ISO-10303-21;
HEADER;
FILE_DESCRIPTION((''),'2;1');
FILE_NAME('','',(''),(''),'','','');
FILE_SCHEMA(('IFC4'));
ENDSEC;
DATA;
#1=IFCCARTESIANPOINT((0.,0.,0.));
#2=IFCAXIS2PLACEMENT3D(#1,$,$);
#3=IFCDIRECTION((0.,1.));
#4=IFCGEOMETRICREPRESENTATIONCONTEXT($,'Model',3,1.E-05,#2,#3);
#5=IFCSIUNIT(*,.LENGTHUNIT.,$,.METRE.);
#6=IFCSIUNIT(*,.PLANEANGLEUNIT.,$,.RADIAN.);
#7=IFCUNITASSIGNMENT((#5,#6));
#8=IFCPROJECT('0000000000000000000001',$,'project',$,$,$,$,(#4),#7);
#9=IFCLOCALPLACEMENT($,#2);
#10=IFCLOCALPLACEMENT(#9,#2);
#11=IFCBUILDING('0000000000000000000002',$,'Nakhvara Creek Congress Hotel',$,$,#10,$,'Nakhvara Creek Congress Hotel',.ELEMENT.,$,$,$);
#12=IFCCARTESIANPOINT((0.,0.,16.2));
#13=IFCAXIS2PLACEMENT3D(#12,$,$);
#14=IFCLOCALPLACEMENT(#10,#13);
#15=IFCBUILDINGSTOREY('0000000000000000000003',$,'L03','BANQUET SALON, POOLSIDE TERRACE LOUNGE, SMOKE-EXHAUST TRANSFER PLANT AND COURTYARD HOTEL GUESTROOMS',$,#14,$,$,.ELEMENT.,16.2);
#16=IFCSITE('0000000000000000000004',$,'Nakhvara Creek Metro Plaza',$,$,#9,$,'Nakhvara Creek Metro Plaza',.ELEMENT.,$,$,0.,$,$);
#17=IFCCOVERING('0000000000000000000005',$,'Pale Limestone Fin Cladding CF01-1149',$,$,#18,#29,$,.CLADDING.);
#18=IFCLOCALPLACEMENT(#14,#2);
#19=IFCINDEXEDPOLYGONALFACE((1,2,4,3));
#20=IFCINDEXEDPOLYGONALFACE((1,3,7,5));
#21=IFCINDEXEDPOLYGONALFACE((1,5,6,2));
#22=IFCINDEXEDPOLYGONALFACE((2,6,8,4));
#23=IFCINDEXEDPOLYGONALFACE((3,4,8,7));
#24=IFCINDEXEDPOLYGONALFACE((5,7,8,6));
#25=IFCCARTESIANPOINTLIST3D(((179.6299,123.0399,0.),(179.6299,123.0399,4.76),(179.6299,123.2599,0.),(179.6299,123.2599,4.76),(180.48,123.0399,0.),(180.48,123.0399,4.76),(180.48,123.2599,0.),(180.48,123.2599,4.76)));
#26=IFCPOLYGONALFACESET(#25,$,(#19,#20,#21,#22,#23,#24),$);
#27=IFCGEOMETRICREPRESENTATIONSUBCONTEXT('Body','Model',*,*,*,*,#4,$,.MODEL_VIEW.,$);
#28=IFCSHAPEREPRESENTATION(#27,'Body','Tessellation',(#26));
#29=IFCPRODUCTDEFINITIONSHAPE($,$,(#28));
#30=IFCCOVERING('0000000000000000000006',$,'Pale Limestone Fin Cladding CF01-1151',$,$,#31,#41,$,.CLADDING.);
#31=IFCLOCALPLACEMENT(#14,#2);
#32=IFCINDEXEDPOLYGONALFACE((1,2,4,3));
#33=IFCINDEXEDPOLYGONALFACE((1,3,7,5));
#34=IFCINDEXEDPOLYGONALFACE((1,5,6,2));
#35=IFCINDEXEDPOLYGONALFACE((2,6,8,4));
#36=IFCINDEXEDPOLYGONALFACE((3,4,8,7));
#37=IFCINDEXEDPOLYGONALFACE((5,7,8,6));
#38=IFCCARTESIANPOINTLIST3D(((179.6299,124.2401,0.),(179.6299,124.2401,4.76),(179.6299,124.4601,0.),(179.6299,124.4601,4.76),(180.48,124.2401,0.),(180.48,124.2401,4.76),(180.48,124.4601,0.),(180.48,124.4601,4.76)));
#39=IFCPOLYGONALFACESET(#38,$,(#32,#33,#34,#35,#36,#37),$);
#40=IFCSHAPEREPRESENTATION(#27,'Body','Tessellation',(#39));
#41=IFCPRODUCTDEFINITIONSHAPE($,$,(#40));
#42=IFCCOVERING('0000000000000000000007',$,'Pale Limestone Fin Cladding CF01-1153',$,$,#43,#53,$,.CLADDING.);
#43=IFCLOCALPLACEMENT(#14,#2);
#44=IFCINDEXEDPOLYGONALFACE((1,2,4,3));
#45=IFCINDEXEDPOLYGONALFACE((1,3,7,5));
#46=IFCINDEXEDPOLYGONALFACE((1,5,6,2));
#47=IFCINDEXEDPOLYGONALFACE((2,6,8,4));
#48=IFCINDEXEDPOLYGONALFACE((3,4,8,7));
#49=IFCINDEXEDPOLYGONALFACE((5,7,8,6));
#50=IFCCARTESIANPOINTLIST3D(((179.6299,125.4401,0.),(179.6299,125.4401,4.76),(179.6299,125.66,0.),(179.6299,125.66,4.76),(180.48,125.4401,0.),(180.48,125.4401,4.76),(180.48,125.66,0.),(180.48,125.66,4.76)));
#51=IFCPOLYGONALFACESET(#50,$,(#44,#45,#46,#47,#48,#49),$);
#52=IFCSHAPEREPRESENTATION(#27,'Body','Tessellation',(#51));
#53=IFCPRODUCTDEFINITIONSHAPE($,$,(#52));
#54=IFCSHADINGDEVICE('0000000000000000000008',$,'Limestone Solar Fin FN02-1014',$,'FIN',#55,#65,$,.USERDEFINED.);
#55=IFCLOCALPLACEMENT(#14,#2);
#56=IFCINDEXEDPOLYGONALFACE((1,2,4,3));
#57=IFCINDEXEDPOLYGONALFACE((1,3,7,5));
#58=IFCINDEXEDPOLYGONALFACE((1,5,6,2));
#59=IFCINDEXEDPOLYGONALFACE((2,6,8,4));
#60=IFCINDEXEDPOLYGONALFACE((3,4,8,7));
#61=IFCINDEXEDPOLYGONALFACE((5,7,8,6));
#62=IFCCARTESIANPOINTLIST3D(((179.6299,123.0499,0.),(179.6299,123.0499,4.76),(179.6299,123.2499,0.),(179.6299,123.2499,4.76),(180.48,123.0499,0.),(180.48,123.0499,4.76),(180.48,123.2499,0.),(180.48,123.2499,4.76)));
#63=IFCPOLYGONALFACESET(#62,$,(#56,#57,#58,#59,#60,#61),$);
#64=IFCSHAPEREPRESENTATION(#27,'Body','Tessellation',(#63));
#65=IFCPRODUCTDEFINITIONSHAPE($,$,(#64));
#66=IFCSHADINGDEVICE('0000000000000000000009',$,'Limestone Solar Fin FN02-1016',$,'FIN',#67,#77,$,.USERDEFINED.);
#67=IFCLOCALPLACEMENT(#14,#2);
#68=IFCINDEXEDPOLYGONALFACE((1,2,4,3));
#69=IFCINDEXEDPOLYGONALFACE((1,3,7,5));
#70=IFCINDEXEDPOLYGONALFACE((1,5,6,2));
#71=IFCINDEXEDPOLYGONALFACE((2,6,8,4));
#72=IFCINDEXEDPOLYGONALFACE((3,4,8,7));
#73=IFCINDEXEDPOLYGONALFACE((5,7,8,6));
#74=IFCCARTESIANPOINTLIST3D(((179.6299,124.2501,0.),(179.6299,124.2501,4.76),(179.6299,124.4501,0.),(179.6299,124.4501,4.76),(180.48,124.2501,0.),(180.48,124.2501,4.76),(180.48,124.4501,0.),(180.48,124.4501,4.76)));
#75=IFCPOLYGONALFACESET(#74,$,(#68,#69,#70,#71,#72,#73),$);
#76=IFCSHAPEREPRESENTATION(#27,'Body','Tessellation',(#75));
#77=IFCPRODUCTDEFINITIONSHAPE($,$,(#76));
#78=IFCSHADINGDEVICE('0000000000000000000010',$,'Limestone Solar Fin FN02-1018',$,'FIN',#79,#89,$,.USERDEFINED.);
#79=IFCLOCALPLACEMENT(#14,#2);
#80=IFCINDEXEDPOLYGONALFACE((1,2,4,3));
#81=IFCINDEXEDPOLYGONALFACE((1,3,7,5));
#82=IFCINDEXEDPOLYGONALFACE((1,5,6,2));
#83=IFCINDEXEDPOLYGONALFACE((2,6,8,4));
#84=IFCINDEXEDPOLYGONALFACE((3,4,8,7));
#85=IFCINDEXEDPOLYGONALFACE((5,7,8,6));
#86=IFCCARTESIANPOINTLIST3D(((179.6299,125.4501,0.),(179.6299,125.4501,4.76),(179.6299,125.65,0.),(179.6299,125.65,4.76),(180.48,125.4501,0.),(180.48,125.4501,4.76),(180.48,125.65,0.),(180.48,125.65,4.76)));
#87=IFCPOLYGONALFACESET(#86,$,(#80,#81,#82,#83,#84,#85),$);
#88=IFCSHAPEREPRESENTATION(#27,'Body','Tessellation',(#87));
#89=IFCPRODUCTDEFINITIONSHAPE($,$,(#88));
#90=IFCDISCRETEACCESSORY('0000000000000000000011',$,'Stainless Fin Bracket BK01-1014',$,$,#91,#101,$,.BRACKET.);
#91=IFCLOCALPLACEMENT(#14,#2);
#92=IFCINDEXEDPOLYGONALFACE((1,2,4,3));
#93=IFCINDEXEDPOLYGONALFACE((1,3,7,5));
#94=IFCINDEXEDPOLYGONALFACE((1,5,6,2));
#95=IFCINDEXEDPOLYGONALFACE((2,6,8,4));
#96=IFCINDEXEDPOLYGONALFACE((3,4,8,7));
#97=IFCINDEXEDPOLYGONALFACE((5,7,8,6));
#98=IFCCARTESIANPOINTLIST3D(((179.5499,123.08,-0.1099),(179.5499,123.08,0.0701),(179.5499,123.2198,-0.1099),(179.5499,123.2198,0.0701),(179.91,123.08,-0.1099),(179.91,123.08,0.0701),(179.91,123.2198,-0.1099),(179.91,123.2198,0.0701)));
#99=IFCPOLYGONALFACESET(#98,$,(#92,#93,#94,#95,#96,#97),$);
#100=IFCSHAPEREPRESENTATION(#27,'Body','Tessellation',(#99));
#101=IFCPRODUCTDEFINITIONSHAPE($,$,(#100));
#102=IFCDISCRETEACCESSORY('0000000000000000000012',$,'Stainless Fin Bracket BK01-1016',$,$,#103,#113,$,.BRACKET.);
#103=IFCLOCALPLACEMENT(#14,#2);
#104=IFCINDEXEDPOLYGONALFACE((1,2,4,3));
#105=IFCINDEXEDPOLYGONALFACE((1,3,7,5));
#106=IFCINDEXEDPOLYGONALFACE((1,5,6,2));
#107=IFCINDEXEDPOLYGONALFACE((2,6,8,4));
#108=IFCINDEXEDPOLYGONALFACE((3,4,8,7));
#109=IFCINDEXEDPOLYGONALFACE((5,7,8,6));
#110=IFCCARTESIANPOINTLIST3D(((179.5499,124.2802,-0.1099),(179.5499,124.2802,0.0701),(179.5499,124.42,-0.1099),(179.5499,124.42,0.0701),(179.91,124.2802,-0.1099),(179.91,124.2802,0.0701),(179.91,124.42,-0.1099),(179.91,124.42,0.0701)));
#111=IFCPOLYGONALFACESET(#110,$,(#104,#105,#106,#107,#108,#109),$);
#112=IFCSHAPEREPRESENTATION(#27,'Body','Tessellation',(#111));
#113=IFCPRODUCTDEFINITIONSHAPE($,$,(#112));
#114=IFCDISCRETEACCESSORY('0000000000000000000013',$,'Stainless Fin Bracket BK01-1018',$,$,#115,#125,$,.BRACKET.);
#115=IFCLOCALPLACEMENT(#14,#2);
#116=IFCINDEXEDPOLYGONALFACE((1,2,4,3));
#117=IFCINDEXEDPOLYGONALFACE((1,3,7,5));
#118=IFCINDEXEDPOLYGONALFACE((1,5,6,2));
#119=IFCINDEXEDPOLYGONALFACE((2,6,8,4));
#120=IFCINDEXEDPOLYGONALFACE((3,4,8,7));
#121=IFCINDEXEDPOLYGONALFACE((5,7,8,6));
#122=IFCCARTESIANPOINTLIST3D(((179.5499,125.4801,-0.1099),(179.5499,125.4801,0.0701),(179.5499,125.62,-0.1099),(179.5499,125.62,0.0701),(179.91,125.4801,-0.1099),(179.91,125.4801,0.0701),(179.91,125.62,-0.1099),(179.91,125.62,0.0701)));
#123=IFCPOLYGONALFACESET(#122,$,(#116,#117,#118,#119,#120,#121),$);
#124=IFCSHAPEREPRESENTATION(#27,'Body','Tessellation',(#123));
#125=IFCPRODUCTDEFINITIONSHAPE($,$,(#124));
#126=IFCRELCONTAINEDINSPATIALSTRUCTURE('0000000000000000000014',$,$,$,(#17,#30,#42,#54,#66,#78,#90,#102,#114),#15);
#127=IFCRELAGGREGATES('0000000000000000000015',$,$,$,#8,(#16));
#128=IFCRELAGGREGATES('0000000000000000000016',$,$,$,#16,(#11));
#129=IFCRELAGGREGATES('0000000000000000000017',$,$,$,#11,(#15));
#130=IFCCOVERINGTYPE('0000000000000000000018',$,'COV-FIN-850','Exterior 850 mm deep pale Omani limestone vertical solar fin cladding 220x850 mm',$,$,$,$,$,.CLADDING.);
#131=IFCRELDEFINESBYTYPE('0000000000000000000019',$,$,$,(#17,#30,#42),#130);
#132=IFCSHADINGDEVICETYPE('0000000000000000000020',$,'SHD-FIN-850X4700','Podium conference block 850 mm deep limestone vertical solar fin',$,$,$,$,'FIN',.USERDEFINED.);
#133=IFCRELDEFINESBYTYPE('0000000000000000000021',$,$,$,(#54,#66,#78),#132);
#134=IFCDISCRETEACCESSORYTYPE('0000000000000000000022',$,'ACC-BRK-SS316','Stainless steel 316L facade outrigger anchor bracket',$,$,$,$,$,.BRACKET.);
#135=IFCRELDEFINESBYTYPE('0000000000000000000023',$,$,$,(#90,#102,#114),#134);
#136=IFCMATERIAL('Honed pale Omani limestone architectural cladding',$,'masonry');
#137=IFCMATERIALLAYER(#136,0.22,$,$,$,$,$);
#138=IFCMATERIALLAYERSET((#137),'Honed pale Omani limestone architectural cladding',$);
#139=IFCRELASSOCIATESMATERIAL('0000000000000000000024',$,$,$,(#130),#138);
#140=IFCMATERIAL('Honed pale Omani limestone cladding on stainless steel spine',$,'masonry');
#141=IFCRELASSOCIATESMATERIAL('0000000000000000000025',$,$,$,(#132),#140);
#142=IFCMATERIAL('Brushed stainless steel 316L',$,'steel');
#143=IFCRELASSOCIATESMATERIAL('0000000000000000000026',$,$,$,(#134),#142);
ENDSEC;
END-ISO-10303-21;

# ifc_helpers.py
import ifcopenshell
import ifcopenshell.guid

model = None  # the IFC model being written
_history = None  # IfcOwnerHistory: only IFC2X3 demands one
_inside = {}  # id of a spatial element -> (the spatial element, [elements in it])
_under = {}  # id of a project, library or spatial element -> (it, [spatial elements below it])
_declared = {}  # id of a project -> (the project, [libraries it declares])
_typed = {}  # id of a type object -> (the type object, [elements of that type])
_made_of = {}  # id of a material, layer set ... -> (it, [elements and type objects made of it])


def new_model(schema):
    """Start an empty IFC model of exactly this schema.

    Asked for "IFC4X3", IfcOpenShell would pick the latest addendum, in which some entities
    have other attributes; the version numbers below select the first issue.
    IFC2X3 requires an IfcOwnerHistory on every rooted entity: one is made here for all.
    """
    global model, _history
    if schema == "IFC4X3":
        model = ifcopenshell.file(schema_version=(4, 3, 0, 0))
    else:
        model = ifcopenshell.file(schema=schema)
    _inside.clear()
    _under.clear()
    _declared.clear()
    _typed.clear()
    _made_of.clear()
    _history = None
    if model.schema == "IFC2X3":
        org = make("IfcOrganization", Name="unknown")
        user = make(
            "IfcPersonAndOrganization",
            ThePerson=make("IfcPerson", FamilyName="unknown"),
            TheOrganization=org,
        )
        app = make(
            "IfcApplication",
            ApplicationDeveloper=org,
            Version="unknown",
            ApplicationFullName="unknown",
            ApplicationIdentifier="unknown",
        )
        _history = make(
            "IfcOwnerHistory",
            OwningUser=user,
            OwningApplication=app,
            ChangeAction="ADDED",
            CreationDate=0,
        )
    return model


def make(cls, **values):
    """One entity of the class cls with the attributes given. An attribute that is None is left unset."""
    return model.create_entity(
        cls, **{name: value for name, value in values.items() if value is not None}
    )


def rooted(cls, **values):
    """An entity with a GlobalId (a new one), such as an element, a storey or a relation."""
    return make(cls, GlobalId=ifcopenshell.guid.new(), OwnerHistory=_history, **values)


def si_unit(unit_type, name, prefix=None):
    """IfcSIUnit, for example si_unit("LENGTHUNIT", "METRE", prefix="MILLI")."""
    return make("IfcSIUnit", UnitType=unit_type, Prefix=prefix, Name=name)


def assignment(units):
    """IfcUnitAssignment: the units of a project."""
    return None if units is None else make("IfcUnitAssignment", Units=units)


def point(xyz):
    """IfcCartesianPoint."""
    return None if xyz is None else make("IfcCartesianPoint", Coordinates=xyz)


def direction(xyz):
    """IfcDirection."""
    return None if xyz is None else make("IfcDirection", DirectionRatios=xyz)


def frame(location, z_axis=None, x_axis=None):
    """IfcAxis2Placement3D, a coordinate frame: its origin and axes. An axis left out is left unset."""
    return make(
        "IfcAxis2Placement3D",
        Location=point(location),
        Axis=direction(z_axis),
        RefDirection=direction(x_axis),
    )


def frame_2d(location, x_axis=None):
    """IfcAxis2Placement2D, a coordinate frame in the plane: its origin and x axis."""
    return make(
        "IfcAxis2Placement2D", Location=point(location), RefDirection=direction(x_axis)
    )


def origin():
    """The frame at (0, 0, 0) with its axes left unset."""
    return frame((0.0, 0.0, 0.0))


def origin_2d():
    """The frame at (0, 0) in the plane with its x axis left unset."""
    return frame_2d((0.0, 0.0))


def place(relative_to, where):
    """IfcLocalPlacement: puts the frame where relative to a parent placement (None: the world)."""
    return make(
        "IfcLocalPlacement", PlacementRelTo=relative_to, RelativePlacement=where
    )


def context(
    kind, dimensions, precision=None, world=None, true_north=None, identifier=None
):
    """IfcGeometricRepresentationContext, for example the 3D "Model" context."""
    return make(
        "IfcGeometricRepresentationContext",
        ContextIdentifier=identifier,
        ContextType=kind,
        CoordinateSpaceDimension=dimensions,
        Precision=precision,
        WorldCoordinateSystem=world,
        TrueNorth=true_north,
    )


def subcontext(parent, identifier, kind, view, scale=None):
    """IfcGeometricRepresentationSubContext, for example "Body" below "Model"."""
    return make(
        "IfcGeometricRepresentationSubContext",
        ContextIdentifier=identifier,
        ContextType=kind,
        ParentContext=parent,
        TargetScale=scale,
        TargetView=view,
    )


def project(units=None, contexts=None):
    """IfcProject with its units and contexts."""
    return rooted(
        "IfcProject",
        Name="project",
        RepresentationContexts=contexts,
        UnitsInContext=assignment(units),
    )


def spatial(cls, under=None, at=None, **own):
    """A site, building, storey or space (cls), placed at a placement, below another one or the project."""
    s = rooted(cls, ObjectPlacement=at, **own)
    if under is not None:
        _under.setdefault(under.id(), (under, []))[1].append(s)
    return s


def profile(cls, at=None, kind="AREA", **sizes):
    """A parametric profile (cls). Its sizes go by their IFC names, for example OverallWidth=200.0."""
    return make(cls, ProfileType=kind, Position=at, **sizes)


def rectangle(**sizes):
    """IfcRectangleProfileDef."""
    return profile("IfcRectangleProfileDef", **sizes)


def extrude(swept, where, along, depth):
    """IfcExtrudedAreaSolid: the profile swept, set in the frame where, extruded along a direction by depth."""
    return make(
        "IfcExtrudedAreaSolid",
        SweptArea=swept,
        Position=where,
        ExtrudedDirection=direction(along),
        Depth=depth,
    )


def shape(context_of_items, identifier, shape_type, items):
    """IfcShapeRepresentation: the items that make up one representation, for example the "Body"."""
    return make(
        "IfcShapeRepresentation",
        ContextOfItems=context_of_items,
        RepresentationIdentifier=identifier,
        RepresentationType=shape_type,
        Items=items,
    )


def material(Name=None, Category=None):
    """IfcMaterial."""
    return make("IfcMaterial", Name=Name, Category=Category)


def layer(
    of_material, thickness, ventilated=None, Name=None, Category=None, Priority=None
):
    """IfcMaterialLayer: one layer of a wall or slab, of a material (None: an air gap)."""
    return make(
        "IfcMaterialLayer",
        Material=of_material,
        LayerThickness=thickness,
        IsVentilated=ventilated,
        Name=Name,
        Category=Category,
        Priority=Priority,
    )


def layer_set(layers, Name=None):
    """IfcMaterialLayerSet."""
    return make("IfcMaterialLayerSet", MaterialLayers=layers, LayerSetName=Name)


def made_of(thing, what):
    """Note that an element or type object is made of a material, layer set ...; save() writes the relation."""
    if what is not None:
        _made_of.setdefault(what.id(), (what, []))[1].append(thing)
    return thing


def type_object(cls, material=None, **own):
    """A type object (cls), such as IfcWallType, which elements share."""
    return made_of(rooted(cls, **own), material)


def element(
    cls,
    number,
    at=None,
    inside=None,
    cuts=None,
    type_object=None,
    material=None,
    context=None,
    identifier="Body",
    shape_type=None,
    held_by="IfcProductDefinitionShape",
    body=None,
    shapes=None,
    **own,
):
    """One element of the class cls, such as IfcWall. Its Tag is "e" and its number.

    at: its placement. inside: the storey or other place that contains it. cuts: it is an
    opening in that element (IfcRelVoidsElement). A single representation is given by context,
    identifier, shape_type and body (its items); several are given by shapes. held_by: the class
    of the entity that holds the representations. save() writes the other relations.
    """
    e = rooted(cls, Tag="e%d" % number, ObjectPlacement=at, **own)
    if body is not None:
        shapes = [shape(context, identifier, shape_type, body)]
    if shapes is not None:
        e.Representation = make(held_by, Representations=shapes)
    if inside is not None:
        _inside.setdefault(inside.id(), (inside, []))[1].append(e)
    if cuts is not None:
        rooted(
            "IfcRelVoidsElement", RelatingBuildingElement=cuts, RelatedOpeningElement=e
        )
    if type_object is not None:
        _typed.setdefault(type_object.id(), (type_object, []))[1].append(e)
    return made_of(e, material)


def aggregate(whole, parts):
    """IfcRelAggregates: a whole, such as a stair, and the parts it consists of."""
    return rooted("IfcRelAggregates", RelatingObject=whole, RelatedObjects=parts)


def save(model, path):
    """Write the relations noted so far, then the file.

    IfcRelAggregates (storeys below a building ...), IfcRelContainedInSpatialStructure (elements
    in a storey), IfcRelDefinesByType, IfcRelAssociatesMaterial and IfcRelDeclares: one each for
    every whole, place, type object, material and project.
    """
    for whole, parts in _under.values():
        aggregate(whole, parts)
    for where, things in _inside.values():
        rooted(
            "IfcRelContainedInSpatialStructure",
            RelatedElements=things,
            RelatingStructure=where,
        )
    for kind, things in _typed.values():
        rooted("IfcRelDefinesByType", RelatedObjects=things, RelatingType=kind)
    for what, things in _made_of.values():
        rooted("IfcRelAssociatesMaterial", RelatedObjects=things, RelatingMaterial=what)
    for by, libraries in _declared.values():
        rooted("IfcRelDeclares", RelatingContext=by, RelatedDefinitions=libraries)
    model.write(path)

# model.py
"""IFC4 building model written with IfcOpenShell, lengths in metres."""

from ifc_helpers import new_model, si_unit, direction, frame, origin, origin_2d, place, context, subcontext, project, spatial, rectangle, extrude, material, layer, layer_set, type_object, element, save


model = new_model("IFC4")

# Units and contexts
model_context = context("Model", 3, precision=1e-05, world=origin(), true_north=direction((0.0, 1.0)))
body_context = subcontext(model_context, "Body", "Model", "MODEL_VIEW")
ifc_project = project(units=[si_unit("LENGTHUNIT", "METRE"), si_unit("PLANEANGLEUNIT", "RADIAN")], contexts=[model_context])

# Site, building, storey
site_placement = place(None, origin())
site = spatial("IfcSite", under=ifc_project, at=site_placement, Name="Nakhvara Creek Metro Plaza", LongName="Nakhvara Creek Metro Plaza", CompositionType="ELEMENT", RefElevation=0.0)
building_placement = place(site_placement, origin())
building = spatial("IfcBuilding", under=site, at=building_placement, Name="Nakhvara Creek Congress Hotel", LongName="Nakhvara Creek Congress Hotel", CompositionType="ELEMENT")
storey_placement = place(building_placement, frame((0.0, 0.0, 16.2)))
storey = spatial("IfcBuildingStorey", under=building, at=storey_placement, Name="L03", Description="BANQUET SALON, POOLSIDE TERRACE LOUNGE, SMOKE-EXHAUST TRANSFER PLANT AND COURTYARD HOTEL GUESTROOMS", CompositionType="ELEMENT", Elevation=16.2)

# Coverings
ifc_material_1 = material(Name="Honed pale Omani limestone architectural cladding", Category="masonry")
ifc_layer_1 = layer(ifc_material_1, 0.22)
ifc_layer_set_1 = layer_set([ifc_layer_1], Name="Honed pale Omani limestone architectural cladding")
covering_type = type_object("IfcCoveringType", Name="COV-FIN-850", Description="Exterior 850 mm deep pale Omani limestone vertical solar fin cladding 220x850 mm", PredefinedType="CLADDING", material=ifc_layer_set_1)
for number, where, z_axis, x_axis, name in (
    (1, (180.0549, 123.1499, 0.0), (0.0, 0.0, 1.0), (0.0, 1.0, 0.0), "Pale Limestone Fin Cladding CF01-1149"),
    (2, (180.0549, 124.3501, 0.0), (0.0, 0.0, 1.0), (0.0, 1.0, 0.0), "Pale Limestone Fin Cladding CF01-1151"),
    (3, (180.0549, 125.55, 0.0), (0.0, 0.0, 1.0), (0.0, 1.0, 0.0), "Pale Limestone Fin Cladding CF01-1153"),
):
    element("IfcCovering", number, at=place(storey_placement, frame(where, z_axis=z_axis, x_axis=x_axis)), inside=storey, type_object=covering_type, Name=name, PredefinedType="CLADDING", context=body_context, shape_type="SweptSolid", body=[
        extrude(rectangle(XDim=0.22, YDim=0.8501, at=origin_2d()), origin(), (0.0, 0.0, 1.0), 4.76),
    ])

# Shading devices
ifc_material_2 = material(Name="Honed pale Omani limestone cladding on stainless steel spine", Category="masonry")
shading_device_type = type_object("IfcShadingDeviceType", Name="SHD-FIN-850X4700", Description="Podium conference block 850 mm deep limestone vertical solar fin", ElementType="FIN", PredefinedType="USERDEFINED", material=ifc_material_2)
for number, where, z_axis, x_axis, name in (
    (4, (180.0549, 123.1499, 0.0), (0.0, 0.0, 1.0), (0.0, 1.0, 0.0), "Limestone Solar Fin FN02-1014"),
    (5, (180.0549, 124.3501, 0.0), (0.0, 0.0, 1.0), (0.0, 1.0, 0.0), "Limestone Solar Fin FN02-1016"),
    (6, (180.0549, 125.55, 0.0), (0.0, 0.0, 1.0), (0.0, 1.0, 0.0), "Limestone Solar Fin FN02-1018"),
):
    element("IfcShadingDevice", number, at=place(storey_placement, frame(where, z_axis=z_axis, x_axis=x_axis)), inside=storey, type_object=shading_device_type, Name=name, ObjectType="FIN", PredefinedType="USERDEFINED", context=body_context, shape_type="SweptSolid", body=[
        extrude(rectangle(XDim=0.2, YDim=0.8501, at=origin_2d()), origin(), (0.0, 0.0, 1.0), 4.76),
    ])

# Discrete accessories
ifc_material_3 = material(Name="Brushed stainless steel 316L", Category="steel")
discrete_accessory_type = type_object("IfcDiscreteAccessoryType", Name="ACC-BRK-SS316", Description="Stainless steel 316L facade outrigger anchor bracket", PredefinedType="BRACKET", material=ifc_material_3)
for number, where, z_axis, x_axis, name in (
    (7, (179.73, 123.1499, -0.1099), (0.0, 0.0, 1.0), (0.0, 1.0, 0.0), "Stainless Fin Bracket BK01-1014"),
    (8, (179.73, 124.3501, -0.1099), (0.0, 0.0, 1.0), (0.0, 1.0, 0.0), "Stainless Fin Bracket BK01-1016"),
    (9, (179.73, 125.55, -0.1099), (0.0, 0.0, 1.0), (0.0, 1.0, 0.0), "Stainless Fin Bracket BK01-1018"),
):
    element("IfcDiscreteAccessory", number, at=place(storey_placement, frame(where, z_axis=z_axis, x_axis=x_axis)), inside=storey, type_object=discrete_accessory_type, Name=name, PredefinedType="BRACKET", context=body_context, shape_type="SweptSolid", body=[
        extrude(rectangle(XDim=0.1399, YDim=0.3601, at=origin_2d()), origin(), (0.0, 0.0, 1.0), 0.1799),
    ])

save(model, "model.ifc")
